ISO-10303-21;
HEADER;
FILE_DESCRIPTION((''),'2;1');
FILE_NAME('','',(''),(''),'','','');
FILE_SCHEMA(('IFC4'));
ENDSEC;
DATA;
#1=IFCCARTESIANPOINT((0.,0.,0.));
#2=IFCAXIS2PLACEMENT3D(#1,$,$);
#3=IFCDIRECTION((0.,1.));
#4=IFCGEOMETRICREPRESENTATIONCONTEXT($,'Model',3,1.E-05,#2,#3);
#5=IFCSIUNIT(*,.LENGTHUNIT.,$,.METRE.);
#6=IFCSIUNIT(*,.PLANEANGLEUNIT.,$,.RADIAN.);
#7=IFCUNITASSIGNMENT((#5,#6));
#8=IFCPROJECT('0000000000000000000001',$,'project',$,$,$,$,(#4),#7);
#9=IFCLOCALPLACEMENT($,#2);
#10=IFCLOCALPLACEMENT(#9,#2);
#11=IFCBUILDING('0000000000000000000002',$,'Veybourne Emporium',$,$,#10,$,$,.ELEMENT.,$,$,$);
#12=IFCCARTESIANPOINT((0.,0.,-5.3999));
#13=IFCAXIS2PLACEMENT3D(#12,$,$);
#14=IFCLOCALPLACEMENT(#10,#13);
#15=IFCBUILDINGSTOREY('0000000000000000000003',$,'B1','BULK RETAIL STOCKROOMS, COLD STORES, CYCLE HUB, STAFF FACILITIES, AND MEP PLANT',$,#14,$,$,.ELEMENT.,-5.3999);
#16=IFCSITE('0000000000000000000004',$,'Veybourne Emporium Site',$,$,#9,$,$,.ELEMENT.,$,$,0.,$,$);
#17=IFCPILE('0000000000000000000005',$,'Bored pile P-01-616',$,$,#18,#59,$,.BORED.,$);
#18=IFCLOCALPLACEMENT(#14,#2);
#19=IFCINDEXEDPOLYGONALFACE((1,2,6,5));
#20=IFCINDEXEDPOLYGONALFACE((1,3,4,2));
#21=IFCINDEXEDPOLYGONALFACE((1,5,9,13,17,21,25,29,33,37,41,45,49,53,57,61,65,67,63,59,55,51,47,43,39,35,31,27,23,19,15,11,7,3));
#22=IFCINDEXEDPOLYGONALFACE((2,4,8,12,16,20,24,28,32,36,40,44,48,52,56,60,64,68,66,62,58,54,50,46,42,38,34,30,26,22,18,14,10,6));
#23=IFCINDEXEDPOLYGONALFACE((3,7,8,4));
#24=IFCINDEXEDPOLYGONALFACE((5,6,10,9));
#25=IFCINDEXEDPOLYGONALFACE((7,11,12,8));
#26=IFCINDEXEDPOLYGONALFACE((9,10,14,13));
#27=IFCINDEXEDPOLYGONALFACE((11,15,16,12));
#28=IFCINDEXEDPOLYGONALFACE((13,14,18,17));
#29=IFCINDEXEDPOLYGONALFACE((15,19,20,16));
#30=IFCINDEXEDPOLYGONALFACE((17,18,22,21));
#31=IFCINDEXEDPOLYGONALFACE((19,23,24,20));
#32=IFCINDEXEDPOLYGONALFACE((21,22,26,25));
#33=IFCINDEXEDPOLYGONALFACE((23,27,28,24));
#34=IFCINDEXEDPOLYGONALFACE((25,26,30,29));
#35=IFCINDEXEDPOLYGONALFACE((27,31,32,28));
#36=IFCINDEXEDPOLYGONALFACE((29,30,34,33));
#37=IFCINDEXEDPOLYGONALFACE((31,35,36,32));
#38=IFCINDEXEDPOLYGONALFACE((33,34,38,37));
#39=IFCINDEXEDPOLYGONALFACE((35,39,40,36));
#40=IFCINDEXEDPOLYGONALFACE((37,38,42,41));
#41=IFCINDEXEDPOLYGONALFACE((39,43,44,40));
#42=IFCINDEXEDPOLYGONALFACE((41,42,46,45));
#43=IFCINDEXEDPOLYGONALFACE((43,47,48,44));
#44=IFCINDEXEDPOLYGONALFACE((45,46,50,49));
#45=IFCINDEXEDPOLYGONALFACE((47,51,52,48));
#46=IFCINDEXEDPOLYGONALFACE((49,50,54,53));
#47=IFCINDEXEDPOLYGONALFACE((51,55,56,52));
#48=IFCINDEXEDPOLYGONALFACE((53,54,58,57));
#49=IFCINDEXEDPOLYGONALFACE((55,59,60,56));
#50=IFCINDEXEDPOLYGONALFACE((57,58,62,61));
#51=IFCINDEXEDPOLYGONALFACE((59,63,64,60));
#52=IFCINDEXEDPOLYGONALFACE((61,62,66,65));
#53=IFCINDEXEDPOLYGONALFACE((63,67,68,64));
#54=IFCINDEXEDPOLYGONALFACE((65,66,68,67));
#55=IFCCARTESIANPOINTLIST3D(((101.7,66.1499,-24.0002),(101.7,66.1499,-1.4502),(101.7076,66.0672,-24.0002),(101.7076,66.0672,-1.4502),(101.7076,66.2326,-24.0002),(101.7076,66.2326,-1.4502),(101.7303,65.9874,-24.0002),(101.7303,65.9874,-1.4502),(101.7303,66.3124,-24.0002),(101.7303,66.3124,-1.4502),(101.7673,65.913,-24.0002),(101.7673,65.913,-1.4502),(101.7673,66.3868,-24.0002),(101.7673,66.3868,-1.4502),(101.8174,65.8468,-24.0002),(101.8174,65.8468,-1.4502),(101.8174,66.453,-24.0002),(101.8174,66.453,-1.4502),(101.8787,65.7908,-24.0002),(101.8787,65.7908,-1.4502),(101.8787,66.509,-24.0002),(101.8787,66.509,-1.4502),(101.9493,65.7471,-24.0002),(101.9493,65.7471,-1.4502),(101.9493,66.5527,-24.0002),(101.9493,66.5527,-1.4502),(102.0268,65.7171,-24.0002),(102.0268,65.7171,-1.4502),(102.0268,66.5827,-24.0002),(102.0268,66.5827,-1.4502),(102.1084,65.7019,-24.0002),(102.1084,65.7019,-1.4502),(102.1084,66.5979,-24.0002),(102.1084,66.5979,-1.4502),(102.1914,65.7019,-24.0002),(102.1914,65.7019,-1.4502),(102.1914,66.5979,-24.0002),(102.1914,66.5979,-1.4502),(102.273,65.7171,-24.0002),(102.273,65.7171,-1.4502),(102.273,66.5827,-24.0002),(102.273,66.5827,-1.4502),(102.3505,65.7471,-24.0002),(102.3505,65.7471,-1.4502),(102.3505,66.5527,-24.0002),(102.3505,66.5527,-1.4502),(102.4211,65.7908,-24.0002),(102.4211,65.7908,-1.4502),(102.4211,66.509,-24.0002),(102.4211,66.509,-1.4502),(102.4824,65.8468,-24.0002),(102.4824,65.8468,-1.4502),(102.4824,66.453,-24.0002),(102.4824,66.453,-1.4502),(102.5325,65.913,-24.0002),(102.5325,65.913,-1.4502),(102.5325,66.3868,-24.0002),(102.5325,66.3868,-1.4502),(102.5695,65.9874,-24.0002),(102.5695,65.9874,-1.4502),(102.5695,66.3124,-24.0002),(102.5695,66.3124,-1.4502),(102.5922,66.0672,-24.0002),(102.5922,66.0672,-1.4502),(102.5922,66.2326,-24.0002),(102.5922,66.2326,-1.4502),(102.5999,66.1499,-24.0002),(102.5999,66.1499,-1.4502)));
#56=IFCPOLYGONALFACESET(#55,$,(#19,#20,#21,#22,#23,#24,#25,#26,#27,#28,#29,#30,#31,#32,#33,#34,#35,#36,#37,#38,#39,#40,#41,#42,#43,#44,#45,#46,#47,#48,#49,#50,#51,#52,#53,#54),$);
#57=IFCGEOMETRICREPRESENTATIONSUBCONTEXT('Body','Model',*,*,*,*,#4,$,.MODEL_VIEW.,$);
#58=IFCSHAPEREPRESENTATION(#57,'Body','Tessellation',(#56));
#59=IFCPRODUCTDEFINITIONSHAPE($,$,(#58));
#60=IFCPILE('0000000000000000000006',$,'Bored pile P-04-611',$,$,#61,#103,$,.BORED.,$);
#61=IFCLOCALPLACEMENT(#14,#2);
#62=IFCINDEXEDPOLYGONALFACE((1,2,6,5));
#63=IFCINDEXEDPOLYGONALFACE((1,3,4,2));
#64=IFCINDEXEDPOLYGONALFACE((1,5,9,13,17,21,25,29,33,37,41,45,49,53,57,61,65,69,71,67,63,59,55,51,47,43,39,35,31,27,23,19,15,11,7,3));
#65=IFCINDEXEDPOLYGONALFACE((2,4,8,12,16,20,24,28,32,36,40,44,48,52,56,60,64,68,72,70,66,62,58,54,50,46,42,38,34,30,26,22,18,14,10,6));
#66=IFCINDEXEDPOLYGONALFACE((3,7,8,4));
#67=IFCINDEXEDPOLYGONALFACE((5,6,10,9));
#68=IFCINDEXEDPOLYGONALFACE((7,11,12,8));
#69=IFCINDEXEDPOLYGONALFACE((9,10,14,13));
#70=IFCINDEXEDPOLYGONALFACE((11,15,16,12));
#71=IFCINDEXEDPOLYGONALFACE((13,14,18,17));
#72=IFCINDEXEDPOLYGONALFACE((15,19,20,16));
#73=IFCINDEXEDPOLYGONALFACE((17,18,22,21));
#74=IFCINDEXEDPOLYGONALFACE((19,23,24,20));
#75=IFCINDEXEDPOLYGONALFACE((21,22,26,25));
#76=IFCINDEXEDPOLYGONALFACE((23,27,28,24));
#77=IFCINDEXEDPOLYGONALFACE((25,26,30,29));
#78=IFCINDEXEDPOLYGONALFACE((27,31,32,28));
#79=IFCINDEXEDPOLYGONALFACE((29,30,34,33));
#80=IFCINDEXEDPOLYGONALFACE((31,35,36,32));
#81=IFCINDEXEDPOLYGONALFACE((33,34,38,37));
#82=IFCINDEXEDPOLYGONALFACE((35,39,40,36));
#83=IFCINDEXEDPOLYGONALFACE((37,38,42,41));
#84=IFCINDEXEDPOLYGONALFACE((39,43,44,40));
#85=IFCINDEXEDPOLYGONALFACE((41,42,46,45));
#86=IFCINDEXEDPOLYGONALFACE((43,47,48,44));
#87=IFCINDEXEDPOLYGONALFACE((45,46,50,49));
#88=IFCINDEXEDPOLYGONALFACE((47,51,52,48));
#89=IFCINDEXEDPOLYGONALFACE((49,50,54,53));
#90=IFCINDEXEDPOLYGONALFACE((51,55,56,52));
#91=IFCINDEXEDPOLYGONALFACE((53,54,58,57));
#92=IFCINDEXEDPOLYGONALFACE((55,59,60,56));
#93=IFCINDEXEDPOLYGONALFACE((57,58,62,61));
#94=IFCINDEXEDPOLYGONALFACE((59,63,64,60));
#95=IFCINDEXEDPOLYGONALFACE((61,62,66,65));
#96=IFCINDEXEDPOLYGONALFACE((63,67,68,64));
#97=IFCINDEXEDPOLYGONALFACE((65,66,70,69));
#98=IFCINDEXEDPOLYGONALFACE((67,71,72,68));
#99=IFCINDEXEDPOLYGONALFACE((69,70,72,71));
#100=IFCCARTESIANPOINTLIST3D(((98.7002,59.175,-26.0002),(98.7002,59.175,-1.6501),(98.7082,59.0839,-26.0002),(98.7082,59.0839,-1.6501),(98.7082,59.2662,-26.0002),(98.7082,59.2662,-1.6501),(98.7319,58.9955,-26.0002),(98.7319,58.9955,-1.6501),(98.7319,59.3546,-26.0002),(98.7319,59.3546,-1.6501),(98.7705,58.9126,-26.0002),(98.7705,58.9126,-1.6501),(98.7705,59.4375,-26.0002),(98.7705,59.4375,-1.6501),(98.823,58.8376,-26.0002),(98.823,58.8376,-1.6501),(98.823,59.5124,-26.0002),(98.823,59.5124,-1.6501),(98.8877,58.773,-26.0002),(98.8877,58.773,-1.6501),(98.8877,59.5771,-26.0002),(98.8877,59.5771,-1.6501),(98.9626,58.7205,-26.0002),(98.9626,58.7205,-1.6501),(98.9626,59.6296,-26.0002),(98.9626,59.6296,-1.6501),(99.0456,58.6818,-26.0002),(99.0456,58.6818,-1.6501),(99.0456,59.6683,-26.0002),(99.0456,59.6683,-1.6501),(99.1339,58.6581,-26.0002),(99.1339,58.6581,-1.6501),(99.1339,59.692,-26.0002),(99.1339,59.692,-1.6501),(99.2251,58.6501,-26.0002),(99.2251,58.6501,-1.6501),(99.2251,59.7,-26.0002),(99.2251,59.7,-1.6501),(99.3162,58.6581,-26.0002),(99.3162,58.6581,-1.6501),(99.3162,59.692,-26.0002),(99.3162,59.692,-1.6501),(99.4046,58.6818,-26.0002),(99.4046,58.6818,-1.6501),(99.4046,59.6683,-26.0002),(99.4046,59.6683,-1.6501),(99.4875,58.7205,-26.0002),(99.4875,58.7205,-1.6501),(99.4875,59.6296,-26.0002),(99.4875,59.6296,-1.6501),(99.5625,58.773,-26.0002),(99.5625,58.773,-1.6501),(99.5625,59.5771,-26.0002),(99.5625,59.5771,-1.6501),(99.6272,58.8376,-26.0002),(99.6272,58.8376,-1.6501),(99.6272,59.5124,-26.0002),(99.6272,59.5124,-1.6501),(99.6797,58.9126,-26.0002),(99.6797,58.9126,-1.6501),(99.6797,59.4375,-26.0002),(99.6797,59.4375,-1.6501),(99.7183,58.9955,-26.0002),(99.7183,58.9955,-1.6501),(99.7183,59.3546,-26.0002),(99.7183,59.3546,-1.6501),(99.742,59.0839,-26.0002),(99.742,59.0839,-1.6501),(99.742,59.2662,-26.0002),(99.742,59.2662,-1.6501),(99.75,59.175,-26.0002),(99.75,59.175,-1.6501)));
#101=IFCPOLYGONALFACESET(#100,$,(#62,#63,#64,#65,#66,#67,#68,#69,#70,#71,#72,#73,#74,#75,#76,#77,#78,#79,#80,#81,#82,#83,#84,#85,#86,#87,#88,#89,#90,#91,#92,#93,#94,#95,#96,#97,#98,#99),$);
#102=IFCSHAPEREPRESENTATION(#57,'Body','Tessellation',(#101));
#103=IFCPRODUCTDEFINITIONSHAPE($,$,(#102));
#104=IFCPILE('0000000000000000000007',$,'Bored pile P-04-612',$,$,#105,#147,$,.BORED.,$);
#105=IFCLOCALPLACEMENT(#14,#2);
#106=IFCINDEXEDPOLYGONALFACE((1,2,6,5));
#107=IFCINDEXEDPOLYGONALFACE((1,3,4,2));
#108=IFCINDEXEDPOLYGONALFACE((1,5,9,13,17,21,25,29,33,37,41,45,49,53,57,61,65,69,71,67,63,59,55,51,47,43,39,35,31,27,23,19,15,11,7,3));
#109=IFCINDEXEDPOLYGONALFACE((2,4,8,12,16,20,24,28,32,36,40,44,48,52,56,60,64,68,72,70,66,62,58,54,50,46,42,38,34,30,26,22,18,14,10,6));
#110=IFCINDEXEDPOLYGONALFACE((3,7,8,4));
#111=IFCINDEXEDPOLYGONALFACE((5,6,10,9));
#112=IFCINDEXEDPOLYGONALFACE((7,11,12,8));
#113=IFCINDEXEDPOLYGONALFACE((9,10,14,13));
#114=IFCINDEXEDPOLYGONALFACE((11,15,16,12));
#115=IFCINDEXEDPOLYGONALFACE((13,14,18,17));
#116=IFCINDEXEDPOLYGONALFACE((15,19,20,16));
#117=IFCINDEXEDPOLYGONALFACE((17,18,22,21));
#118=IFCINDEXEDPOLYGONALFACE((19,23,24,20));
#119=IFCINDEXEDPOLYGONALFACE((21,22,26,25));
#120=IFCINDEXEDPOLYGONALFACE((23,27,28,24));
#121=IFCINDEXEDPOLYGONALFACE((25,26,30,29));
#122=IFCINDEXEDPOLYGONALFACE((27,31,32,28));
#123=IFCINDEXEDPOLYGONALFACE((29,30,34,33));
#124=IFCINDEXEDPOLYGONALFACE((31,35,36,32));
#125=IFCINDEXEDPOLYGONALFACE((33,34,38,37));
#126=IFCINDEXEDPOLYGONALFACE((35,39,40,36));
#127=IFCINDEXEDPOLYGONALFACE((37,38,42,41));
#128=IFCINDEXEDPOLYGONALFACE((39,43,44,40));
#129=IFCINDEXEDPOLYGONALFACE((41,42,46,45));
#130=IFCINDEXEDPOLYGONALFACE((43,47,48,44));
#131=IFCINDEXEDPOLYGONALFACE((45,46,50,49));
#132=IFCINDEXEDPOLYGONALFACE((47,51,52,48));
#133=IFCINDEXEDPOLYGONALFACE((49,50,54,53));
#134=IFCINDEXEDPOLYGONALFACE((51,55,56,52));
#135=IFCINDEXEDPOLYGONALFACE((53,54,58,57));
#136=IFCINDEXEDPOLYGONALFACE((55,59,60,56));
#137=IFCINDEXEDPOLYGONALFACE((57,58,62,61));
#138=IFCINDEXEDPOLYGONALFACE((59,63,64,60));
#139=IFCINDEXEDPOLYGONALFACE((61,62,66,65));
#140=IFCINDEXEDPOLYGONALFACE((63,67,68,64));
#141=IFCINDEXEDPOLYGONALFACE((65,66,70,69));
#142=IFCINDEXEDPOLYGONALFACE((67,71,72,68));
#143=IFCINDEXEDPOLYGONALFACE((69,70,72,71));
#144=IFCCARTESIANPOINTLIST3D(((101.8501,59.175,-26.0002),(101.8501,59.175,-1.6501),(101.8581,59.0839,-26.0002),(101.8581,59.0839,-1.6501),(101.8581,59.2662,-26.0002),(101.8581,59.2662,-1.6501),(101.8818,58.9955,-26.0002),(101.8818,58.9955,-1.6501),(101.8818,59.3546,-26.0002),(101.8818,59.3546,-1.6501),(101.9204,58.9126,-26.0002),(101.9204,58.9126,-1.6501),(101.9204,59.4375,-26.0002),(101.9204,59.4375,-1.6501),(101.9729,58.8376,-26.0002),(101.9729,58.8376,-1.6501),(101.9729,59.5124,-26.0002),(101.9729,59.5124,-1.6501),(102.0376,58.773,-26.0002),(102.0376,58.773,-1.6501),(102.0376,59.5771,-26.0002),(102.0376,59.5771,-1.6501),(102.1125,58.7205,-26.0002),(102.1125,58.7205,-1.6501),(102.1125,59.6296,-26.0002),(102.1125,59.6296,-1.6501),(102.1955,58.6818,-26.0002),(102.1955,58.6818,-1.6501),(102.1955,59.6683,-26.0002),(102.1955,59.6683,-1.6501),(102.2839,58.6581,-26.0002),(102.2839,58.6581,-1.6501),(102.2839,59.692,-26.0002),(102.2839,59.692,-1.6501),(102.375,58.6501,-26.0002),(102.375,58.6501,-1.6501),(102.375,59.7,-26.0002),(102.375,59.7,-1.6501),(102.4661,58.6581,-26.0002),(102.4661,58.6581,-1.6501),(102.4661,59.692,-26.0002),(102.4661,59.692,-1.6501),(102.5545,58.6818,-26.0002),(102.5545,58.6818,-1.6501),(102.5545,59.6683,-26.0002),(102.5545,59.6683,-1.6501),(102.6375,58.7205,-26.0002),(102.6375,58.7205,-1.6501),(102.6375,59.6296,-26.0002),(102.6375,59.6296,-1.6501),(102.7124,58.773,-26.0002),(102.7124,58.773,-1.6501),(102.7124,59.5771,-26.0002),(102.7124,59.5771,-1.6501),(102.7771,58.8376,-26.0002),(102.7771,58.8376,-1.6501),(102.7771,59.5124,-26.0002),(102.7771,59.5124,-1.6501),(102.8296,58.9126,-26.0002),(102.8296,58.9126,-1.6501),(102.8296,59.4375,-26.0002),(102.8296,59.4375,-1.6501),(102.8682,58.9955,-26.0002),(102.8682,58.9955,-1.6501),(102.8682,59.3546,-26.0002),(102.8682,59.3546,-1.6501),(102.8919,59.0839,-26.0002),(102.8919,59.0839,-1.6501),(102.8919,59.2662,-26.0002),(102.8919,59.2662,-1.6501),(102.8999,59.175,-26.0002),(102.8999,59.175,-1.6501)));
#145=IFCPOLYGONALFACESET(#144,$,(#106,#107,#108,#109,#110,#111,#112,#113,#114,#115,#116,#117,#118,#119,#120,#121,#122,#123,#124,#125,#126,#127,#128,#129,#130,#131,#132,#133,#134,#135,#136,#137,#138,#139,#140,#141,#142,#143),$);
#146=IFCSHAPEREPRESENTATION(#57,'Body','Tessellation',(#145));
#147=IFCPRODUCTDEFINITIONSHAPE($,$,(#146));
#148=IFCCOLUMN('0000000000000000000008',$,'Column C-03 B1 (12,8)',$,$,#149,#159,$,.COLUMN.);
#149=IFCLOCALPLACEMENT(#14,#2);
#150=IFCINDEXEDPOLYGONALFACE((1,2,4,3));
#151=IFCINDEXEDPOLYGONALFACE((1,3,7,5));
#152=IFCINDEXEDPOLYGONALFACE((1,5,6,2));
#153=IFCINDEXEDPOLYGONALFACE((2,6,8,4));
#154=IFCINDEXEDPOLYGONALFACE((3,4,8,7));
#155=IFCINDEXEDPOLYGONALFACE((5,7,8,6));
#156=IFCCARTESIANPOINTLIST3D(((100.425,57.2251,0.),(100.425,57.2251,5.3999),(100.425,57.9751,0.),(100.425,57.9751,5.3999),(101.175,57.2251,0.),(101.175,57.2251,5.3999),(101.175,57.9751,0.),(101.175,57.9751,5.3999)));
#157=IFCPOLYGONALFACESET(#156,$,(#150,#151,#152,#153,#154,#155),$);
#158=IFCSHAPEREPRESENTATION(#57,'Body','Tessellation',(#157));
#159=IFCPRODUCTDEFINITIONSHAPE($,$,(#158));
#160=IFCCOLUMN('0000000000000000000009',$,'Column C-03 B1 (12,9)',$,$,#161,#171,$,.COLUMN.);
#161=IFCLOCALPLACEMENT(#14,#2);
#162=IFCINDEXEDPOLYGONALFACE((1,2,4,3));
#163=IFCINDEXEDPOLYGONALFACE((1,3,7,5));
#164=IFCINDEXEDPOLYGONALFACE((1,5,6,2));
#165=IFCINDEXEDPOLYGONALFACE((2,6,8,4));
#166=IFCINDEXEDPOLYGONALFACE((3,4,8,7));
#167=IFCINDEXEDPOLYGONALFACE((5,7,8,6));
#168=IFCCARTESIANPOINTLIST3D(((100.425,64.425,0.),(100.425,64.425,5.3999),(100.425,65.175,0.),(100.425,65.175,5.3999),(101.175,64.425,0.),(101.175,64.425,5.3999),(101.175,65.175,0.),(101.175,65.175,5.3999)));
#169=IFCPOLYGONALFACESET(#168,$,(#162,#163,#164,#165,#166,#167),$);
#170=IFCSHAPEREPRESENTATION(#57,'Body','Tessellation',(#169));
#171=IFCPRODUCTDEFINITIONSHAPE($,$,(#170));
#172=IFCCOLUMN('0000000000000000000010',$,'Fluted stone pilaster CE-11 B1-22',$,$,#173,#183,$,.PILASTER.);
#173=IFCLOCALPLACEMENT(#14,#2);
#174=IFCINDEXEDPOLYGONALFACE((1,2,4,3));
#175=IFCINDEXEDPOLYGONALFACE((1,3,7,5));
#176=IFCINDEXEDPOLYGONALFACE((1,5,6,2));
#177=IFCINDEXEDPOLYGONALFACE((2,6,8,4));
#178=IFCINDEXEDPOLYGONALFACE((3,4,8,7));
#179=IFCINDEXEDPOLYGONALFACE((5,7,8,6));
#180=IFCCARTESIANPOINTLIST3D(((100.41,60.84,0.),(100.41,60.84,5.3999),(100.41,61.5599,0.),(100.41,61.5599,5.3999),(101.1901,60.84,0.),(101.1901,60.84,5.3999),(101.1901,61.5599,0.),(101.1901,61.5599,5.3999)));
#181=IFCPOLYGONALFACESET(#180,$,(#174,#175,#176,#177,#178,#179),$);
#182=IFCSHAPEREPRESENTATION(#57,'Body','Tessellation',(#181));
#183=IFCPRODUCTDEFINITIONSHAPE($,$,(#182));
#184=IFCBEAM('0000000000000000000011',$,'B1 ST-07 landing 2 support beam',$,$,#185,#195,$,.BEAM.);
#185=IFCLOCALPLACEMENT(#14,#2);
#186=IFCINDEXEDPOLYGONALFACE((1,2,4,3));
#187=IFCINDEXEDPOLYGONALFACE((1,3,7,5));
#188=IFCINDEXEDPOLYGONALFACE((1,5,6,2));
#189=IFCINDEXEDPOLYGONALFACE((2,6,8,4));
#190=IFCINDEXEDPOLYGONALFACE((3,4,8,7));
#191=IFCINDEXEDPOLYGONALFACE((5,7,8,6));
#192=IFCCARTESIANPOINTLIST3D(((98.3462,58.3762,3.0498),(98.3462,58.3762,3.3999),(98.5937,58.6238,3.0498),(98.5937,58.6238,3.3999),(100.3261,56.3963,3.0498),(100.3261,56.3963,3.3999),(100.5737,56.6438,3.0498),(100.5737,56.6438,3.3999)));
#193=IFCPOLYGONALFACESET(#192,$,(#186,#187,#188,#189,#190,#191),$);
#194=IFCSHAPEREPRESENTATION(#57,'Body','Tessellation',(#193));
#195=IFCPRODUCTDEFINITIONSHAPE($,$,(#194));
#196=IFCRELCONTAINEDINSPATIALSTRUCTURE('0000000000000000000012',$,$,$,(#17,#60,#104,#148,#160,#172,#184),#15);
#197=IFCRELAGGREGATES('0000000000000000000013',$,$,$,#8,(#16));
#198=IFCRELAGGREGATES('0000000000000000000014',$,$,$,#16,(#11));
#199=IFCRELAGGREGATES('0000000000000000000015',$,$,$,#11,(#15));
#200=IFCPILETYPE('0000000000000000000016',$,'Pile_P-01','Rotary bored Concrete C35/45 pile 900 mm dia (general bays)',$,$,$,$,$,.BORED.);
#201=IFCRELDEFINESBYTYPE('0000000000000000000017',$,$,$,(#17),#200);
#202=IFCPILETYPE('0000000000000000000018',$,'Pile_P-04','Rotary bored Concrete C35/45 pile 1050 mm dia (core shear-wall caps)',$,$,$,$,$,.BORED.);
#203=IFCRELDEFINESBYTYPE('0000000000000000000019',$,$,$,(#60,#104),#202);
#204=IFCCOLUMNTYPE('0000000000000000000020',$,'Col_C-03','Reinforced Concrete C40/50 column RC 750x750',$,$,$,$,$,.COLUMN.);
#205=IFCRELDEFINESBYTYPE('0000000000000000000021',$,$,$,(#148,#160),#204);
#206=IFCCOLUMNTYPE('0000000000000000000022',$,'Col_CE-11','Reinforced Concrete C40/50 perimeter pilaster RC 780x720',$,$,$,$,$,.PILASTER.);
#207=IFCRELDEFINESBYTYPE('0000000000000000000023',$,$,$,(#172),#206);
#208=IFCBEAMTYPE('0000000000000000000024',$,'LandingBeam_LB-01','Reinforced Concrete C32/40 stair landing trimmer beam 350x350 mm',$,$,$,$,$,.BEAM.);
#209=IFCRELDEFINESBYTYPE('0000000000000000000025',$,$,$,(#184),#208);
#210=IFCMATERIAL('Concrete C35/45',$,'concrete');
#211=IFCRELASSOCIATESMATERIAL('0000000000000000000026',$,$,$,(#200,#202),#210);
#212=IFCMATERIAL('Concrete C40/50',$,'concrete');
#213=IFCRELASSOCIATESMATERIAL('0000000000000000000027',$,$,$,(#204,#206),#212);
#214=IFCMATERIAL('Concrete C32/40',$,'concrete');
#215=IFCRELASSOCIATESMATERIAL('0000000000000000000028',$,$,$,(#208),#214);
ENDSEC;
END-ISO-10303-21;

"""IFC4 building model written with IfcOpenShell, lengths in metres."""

from ifc_helpers import new_model, si_unit, direction, frame, origin, origin_2d, place, context, subcontext, project, spatial, rectangle, circle, extrude, material, material_profile, profile_set, type_object, element, save


model = new_model("IFC4")

# Units and contexts
model_context = context("Model", 3, precision=1e-05, world=origin(), true_north=direction((0.0, 1.0)))
body_context = subcontext(model_context, "Body", "Model", "MODEL_VIEW")
ifc_project = project(units=[si_unit("LENGTHUNIT", "METRE"), si_unit("PLANEANGLEUNIT", "RADIAN")], contexts=[model_context])

# Site, building, storey
site_placement = place(None, origin())
site = spatial("IfcSite", under=ifc_project, at=site_placement, Name="Veybourne Emporium Site", CompositionType="ELEMENT", RefElevation=0.0)
building_placement = place(site_placement, origin())
building = spatial("IfcBuilding", under=site, at=building_placement, Name="Veybourne Emporium", CompositionType="ELEMENT")
storey_placement = place(building_placement, frame((0.0, 0.0, -5.3999)))
storey = spatial("IfcBuildingStorey", under=building, at=storey_placement, Name="B1", Description="BULK RETAIL STOCKROOMS, COLD STORES, CYCLE HUB, STAFF FACILITIES, AND MEP PLANT", CompositionType="ELEMENT", Elevation=-5.3999)

# Shared definitions
ifc_material_1 = material(Name="Concrete C35/45", Category="concrete")

# Piles
ifc_material_profile_1 = material_profile(ifc_material_1, circle(Radius=0.45, at=origin_2d()), Name="BORED PILE 900")
ifc_profile_set_1 = profile_set([ifc_material_profile_1], Name="Concrete C35/45")
pile_type_1 = type_object("IfcPileType", Name="Pile_P-01", Description="Rotary bored Concrete C35/45 pile 900 mm dia (general bays)", PredefinedType="BORED", material=ifc_profile_set_1)
for number, where, z_axis, x_axis, name in (
    (1, (102.1499, 66.1499, -1.4502), (0.0, 0.0, -1.0), (1.0, 0.0, 0.0), "Bored pile P-01-616"),
):
    element("IfcPile", number, at=place(storey_placement, frame(where, z_axis=z_axis, x_axis=x_axis)), inside=storey, type_object=pile_type_1, Name=name, PredefinedType="BORED", context=body_context, shape_type="SweptSolid", body=[
        extrude(circle(Radius=0.45, at=origin_2d()), origin(), (0.0, 0.0, 1.0), 22.55),
    ])
ifc_material_profile_2 = material_profile(ifc_material_1, circle(Radius=0.5249, at=origin_2d()), Name="BORED PILE 1050")
ifc_profile_set_2 = profile_set([ifc_material_profile_2], Name="Concrete C35/45")
pile_type_2 = type_object("IfcPileType", Name="Pile_P-04", Description="Rotary bored Concrete C35/45 pile 1050 mm dia (core shear-wall caps)", PredefinedType="BORED", material=ifc_profile_set_2)
for number, where, z_axis, x_axis, name in (
    (2, (99.2251, 59.175, -1.6501), (0.0, 0.0, -1.0), (1.0, 0.0, 0.0), "Bored pile P-04-611"),
    (3, (102.375, 59.175, -1.6501), (0.0, 0.0, -1.0), (1.0, 0.0, 0.0), "Bored pile P-04-612"),
):
    element("IfcPile", number, at=place(storey_placement, frame(where, z_axis=z_axis, x_axis=x_axis)), inside=storey, type_object=pile_type_2, Name=name, PredefinedType="BORED", context=body_context, shape_type="SweptSolid", body=[
        extrude(circle(Radius=0.5249, at=origin_2d()), origin(), (0.0, 0.0, 1.0), 24.3501),
    ])

# Columns
ifc_material_2 = material(Name="Concrete C40/50", Category="concrete")
ifc_material_profile_3 = material_profile(ifc_material_2, rectangle(XDim=0.75, YDim=0.75, at=origin_2d()), Name="RC 750x750")
ifc_profile_set_3 = profile_set([ifc_material_profile_3], Name="Concrete C40/50")
column_type_1 = type_object("IfcColumnType", Name="Col_C-03", Description="Reinforced Concrete C40/50 column RC 750x750", PredefinedType="COLUMN", material=ifc_profile_set_3)
for number, where, z_axis, x_axis, name in (
    (4, (100.8, 57.6001, 0.0), (0.0, 0.0, 1.0), (1.0, 0.0, 0.0), "Column C-03 B1 (12,8)"),
    (5, (100.8, 64.8, 0.0), (0.0, 0.0, 1.0), (1.0, 0.0, 0.0), "Column C-03 B1 (12,9)"),
):
    element("IfcColumn", number, at=place(storey_placement, frame(where, z_axis=z_axis, x_axis=x_axis)), inside=storey, type_object=column_type_1, Name=name, PredefinedType="COLUMN", context=body_context, shape_type="SweptSolid", body=[
        extrude(rectangle(XDim=0.75, YDim=0.75, at=origin_2d()), origin(), (0.0, 0.0, 1.0), 5.3999),
    ])
ifc_material_profile_4 = material_profile(ifc_material_2, rectangle(XDim=0.78, YDim=0.72, at=origin_2d()), Name="RC 780x720")
ifc_profile_set_4 = profile_set([ifc_material_profile_4], Name="Concrete C40/50")
column_type_2 = type_object("IfcColumnType", Name="Col_CE-11", Description="Reinforced Concrete C40/50 perimeter pilaster RC 780x720", PredefinedType="PILASTER", material=ifc_profile_set_4)
column_placement = place(storey_placement, frame((100.8, 61.2, 0.0), z_axis=(0.0, 0.0, 1.0), x_axis=(1.0, 0.0, 0.0)))
element("IfcColumn", 6, at=column_placement, inside=storey, type_object=column_type_2, Name="Fluted stone pilaster CE-11 B1-22", PredefinedType="PILASTER", context=body_context, shape_type="SweptSolid", body=[
    extrude(rectangle(XDim=0.78, YDim=0.72, at=origin_2d()), origin(), (0.0, 0.0, 1.0), 5.3999),
])

# Beam
ifc_material_3 = material(Name="Concrete C32/40", Category="concrete")
ifc_material_profile_5 = material_profile(ifc_material_3, rectangle(XDim=0.3501, YDim=0.3501, at=origin_2d()), Name="RC 350x350")
ifc_profile_set_5 = profile_set([ifc_material_profile_5], Name="Concrete C32/40")
beam_type_1 = type_object("IfcBeamType", Name="LandingBeam_LB-01", Description="Reinforced Concrete C32/40 stair landing trimmer beam 350x350 mm", PredefinedType="BEAM", material=ifc_profile_set_5)
beam_placement = place(storey_placement, frame((98.47, 58.5, 3.2249), z_axis=(0.707107, -0.707107, 0.0), x_axis=(0.707107, 0.707107, 0.0)))
element("IfcBeam", 7, at=beam_placement, inside=storey, type_object=beam_type_1, Name="B1 ST-07 landing 2 support beam", PredefinedType="BEAM", context=body_context, shape_type="SweptSolid", body=[
    extrude(rectangle(XDim=0.3501, YDim=0.3501, at=origin_2d()), origin(), (0.0, 0.0, 1.0), 2.8),
])

save(model, "model.ifc")
